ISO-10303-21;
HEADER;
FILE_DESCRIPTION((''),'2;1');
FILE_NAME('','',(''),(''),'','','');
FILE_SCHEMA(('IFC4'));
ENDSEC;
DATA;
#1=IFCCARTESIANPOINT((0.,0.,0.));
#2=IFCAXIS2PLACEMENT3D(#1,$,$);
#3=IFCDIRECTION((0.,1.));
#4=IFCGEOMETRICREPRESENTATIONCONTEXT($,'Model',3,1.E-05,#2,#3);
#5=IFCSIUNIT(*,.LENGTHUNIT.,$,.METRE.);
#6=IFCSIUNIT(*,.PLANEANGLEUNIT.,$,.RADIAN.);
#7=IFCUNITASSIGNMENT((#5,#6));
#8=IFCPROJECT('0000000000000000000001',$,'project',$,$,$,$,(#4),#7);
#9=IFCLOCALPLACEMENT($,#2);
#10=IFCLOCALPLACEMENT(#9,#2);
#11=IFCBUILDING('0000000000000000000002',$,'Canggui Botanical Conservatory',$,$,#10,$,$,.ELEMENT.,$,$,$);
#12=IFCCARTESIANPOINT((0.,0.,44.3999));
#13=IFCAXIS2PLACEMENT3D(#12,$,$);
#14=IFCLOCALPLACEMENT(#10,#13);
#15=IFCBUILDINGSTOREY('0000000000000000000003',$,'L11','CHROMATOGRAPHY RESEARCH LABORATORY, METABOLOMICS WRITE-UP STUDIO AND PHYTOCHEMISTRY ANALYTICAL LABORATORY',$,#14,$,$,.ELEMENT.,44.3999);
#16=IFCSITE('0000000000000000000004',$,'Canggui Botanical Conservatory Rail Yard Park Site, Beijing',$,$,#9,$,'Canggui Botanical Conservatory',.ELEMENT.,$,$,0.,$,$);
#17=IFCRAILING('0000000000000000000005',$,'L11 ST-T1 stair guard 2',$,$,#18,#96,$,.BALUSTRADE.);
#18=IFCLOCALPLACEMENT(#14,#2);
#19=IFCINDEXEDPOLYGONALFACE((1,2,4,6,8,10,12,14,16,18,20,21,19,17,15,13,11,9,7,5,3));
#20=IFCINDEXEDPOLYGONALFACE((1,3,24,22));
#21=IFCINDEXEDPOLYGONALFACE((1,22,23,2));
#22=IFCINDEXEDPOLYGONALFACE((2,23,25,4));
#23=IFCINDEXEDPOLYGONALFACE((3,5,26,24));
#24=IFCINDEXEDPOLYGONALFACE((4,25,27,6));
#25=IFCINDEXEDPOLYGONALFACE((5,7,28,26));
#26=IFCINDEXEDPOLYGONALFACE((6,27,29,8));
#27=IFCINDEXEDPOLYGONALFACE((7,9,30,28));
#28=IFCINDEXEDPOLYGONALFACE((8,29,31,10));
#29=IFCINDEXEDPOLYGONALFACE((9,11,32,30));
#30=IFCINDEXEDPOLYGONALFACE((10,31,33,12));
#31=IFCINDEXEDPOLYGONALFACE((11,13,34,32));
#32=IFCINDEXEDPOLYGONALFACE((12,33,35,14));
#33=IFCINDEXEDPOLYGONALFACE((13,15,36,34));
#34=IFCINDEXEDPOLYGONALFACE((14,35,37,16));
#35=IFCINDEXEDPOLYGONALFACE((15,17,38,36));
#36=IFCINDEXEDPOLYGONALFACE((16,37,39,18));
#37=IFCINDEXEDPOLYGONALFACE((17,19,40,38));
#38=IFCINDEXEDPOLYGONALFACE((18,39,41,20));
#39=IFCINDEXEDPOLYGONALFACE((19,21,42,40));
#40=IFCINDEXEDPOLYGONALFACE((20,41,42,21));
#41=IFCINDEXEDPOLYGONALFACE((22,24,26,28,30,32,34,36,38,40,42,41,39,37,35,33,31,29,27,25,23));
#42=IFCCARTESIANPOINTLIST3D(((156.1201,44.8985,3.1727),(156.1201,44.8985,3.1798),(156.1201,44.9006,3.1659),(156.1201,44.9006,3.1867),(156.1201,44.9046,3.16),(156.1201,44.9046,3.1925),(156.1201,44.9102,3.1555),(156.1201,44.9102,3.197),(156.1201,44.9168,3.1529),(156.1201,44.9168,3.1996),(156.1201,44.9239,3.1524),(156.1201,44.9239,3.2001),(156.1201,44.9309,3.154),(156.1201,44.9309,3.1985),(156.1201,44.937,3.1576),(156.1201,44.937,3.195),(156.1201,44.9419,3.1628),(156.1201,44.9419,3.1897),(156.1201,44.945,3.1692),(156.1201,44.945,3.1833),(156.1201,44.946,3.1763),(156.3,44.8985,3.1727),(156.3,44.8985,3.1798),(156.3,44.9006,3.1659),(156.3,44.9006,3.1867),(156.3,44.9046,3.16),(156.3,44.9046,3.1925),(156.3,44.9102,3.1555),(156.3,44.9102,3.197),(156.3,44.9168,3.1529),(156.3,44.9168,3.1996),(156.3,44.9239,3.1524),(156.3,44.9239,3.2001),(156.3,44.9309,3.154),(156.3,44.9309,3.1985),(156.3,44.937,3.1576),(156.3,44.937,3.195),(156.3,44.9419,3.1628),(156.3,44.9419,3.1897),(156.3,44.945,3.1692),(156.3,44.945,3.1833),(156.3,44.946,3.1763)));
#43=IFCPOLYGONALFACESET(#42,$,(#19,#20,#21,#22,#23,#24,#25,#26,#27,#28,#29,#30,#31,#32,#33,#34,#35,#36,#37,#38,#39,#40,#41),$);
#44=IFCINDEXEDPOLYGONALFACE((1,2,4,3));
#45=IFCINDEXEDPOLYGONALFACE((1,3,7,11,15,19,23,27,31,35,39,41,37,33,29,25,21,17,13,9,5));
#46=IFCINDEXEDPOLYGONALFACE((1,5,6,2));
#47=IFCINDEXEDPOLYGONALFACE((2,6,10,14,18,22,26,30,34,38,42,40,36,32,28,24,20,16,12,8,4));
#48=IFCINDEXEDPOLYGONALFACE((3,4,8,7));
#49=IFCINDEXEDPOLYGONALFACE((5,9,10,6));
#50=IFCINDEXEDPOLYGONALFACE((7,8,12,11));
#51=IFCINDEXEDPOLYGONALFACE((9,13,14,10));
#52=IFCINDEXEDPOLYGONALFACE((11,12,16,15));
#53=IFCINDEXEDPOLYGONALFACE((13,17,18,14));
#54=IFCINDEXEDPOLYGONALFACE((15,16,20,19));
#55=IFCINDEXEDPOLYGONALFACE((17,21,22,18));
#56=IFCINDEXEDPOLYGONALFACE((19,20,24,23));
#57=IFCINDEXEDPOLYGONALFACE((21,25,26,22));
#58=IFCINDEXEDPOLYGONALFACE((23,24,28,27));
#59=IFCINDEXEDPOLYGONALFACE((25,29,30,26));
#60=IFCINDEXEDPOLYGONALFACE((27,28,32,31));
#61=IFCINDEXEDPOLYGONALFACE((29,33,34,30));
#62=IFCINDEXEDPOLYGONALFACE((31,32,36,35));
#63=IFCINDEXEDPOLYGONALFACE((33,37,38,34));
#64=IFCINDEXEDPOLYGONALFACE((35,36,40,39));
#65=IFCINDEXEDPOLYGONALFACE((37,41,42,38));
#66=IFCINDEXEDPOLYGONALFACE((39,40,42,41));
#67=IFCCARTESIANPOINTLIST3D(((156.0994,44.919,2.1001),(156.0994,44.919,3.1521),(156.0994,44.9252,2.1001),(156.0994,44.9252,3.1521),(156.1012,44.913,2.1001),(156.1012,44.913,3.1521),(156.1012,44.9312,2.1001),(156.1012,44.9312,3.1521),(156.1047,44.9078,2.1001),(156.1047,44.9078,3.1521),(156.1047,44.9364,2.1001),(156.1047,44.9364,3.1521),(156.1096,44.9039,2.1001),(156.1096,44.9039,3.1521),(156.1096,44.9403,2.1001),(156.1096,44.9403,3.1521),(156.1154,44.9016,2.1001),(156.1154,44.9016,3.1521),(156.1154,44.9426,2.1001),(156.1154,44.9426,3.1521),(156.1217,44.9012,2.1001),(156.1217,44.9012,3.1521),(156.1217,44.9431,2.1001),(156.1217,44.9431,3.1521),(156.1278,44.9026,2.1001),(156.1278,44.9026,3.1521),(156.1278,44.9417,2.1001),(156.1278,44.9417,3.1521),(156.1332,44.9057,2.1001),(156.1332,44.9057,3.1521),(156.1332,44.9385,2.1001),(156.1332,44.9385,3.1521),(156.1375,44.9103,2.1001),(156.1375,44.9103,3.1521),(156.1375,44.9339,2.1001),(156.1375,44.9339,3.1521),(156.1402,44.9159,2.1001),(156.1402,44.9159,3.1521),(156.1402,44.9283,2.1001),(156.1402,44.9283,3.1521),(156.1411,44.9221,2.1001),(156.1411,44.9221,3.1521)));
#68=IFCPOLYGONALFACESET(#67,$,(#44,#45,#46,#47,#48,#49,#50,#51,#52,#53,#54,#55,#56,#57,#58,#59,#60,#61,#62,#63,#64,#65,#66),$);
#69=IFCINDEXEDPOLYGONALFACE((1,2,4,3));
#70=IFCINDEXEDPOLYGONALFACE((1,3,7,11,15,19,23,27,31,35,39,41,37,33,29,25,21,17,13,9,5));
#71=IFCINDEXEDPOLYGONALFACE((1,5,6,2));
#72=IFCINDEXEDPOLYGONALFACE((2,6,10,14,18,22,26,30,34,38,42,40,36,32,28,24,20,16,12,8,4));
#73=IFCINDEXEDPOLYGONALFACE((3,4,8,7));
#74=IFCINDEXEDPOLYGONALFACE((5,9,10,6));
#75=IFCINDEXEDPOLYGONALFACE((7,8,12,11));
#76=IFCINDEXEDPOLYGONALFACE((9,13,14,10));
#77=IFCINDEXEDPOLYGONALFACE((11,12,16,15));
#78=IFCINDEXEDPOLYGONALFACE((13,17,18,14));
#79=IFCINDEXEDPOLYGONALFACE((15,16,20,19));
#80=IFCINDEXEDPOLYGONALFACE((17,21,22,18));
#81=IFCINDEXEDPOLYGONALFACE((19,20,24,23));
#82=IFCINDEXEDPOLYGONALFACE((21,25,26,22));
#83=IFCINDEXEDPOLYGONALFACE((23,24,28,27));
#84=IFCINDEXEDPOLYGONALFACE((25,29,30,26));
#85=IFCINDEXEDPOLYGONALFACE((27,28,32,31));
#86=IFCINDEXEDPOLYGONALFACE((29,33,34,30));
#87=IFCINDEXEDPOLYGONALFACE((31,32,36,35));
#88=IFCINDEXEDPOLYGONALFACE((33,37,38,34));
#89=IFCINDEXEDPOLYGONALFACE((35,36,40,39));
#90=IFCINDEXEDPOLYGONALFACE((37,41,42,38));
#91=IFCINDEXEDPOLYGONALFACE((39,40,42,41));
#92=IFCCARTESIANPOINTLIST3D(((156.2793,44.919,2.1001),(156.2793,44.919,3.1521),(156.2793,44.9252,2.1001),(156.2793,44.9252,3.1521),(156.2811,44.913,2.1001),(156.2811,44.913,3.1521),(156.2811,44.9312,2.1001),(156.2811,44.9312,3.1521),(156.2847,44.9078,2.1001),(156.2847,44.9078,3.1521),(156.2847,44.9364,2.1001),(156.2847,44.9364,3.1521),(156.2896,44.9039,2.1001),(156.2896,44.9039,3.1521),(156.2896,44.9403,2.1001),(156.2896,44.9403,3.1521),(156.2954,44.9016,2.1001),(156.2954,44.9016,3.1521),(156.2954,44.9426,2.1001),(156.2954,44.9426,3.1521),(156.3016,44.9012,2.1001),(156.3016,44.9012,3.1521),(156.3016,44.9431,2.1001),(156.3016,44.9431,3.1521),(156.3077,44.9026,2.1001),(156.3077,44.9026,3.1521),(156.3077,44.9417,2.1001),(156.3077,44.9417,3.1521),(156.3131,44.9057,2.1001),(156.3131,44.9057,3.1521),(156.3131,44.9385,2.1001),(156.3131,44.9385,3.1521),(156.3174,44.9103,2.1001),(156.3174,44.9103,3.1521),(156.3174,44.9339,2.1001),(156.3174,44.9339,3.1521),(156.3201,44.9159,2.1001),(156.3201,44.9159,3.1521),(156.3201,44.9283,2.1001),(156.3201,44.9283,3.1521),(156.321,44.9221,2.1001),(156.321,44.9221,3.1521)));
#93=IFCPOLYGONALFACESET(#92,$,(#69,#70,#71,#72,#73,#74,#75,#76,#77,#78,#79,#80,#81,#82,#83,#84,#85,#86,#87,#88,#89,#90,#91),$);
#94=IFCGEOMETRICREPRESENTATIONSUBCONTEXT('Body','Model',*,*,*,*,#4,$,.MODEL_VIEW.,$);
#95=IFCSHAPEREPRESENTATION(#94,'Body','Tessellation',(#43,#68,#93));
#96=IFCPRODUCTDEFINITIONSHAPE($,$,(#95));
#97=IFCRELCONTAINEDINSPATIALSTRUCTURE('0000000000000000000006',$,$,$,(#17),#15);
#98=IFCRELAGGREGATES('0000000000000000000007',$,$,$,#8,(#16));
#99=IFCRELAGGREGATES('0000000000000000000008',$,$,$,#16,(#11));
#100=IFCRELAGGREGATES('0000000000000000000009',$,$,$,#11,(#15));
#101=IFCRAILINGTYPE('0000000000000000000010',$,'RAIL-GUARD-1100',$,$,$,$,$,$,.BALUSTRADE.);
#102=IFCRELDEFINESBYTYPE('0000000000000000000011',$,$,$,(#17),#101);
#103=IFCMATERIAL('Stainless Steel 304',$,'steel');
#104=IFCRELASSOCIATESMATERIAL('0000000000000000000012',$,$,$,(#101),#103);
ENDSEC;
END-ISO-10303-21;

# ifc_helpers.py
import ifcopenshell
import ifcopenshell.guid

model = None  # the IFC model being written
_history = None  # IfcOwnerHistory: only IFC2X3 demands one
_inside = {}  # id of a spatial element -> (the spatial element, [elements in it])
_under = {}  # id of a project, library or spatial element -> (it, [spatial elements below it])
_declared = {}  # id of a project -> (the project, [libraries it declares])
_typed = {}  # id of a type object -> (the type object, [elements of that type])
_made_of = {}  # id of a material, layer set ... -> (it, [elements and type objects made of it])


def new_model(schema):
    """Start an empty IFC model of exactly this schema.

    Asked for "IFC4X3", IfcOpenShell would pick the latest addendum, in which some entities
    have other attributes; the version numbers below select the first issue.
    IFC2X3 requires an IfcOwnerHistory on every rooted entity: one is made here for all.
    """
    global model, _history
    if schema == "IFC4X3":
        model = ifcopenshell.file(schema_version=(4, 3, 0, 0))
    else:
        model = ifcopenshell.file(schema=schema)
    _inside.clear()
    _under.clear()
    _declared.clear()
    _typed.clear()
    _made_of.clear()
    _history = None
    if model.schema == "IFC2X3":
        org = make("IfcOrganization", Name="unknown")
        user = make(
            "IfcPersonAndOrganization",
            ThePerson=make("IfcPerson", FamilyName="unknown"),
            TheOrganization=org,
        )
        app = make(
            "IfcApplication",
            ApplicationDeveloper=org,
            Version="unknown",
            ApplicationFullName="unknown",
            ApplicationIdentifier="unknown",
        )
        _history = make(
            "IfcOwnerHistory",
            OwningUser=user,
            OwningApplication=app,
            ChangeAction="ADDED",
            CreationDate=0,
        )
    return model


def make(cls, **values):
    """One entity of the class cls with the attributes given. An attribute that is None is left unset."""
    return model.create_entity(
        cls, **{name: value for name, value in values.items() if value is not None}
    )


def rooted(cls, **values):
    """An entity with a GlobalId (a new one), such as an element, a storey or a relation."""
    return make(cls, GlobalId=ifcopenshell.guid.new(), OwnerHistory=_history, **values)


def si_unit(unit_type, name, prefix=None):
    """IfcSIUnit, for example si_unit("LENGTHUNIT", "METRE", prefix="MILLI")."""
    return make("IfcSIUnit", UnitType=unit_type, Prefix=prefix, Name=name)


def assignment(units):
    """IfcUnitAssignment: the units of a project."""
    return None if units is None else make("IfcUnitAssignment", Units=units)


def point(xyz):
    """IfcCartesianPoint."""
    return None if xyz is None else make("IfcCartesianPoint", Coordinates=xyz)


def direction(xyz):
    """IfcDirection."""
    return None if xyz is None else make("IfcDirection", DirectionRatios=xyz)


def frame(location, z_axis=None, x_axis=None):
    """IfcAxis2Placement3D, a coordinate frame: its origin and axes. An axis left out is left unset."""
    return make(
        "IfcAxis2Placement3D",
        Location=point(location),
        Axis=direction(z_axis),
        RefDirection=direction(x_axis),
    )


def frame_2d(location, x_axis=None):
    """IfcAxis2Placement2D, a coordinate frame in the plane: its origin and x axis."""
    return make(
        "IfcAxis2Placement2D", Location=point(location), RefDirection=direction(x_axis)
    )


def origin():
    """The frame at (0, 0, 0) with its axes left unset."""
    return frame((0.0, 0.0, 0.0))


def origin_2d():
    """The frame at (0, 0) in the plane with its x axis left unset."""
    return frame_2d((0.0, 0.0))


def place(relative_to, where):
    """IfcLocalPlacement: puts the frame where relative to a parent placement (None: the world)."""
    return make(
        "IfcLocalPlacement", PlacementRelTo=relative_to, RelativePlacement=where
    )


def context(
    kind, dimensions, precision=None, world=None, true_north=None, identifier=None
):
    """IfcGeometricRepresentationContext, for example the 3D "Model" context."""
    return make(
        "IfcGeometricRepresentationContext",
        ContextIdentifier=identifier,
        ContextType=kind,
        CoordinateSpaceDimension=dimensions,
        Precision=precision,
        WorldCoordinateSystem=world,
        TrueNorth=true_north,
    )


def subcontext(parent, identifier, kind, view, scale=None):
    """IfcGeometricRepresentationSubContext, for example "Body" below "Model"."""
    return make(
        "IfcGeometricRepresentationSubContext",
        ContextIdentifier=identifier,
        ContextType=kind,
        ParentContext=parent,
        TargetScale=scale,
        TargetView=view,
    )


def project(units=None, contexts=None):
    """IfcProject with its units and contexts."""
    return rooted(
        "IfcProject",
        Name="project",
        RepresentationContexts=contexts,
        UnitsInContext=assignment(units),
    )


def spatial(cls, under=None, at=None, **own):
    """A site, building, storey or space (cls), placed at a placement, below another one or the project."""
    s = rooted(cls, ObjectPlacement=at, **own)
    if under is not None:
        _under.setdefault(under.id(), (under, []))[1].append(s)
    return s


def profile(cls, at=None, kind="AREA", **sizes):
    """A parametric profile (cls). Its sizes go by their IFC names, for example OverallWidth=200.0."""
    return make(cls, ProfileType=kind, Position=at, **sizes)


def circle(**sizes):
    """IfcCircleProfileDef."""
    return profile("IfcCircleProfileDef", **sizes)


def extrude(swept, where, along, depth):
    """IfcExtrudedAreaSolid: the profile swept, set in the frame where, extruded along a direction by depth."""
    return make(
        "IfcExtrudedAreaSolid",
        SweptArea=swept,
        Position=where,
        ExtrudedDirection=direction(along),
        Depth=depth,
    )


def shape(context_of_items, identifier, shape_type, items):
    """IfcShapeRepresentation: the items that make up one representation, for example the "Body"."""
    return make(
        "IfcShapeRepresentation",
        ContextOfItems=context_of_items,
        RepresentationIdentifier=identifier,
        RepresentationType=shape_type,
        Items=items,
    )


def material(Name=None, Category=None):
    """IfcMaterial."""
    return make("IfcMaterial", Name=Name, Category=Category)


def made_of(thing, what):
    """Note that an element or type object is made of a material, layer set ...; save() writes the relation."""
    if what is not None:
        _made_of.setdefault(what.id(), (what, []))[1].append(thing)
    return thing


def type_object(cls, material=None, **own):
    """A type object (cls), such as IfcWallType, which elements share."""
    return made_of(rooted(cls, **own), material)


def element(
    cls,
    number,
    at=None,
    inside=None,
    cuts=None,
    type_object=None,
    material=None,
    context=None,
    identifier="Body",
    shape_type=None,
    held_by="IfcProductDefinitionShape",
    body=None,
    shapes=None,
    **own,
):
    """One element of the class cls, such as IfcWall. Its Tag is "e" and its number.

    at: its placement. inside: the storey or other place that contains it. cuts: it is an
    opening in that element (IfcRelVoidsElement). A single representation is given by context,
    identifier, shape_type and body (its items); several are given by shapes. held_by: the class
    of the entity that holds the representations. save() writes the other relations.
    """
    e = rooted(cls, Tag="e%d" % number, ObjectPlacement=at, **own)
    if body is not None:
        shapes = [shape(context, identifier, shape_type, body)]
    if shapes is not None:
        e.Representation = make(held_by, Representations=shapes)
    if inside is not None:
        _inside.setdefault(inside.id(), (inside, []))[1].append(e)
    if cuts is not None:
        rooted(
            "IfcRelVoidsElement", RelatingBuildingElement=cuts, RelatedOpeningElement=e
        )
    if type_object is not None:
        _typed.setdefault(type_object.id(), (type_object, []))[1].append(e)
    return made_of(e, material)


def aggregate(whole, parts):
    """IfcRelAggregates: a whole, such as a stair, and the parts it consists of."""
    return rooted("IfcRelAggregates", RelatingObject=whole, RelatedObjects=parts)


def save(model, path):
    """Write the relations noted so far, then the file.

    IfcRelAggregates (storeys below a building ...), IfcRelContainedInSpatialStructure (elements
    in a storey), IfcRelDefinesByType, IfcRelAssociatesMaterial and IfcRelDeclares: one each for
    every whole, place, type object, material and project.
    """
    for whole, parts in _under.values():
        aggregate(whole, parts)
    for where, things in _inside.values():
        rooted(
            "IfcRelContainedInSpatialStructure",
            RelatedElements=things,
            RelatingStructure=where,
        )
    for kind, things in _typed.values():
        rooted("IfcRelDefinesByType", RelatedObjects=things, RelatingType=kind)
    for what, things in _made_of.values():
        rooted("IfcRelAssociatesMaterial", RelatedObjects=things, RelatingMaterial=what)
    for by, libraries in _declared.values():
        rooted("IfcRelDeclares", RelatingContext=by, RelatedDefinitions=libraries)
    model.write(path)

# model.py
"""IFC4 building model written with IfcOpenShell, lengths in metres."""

from ifc_helpers import new_model, si_unit, direction, frame, origin, origin_2d, place, context, subcontext, project, spatial, circle, extrude, material, type_object, element, save


model = new_model("IFC4")

# Units and contexts
model_context = context("Model", 3, precision=1e-05, world=origin(), true_north=direction((0.0, 1.0)))
body_context = subcontext(model_context, "Body", "Model", "MODEL_VIEW")
ifc_project = project(units=[si_unit("LENGTHUNIT", "METRE"), si_unit("PLANEANGLEUNIT", "RADIAN")], contexts=[model_context])

# Site, building, storey
site_placement = place(None, origin())
site = spatial("IfcSite", under=ifc_project, at=site_placement, Name="Canggui Botanical Conservatory Rail Yard Park Site, Beijing", LongName="Canggui Botanical Conservatory", CompositionType="ELEMENT", RefElevation=0.0)
building_placement = place(site_placement, origin())
building = spatial("IfcBuilding", under=site, at=building_placement, Name="Canggui Botanical Conservatory", CompositionType="ELEMENT")
storey_placement = place(building_placement, frame((0.0, 0.0, 44.3999)))
storey = spatial("IfcBuildingStorey", under=building, at=storey_placement, Name="L11", Description="CHROMATOGRAPHY RESEARCH LABORATORY, METABOLOMICS WRITE-UP STUDIO AND PHYTOCHEMISTRY ANALYTICAL LABORATORY", CompositionType="ELEMENT", Elevation=44.3999)

# Railing
ifc_material_1 = material(Name="Stainless Steel 304", Category="steel")
railing_type_1 = type_object("IfcRailingType", Name="RAIL-GUARD-1100", PredefinedType="BALUSTRADE", material=ifc_material_1)
railing_1_placement = place(storey_placement, frame((156.1201, 44.9221, 2.1001)))
element("IfcRailing", 1, at=railing_1_placement, inside=storey, type_object=railing_type_1, Name="L11 ST-T1 stair guard 2", PredefinedType="BALUSTRADE", context=body_context, shape_type="SweptSolid", body=[
    extrude(circle(Radius=0.0239, at=origin_2d()), frame((0.0, 0.0, 1.0762), z_axis=(1.0, 0.0, 0.0), x_axis=(0.0, 1.0, 0.0)), (0.0, 0.0, 1.0), 0.1799),
    extrude(circle(Radius=0.021, at=origin_2d()), origin(), (0.0, 0.0, 1.0), 1.052),
    extrude(circle(Radius=0.021, at=origin_2d()), frame((0.1799, 0.0, 0.0)), (0.0, 0.0, 1.0), 1.052),
])

save(model, "model.ifc")
